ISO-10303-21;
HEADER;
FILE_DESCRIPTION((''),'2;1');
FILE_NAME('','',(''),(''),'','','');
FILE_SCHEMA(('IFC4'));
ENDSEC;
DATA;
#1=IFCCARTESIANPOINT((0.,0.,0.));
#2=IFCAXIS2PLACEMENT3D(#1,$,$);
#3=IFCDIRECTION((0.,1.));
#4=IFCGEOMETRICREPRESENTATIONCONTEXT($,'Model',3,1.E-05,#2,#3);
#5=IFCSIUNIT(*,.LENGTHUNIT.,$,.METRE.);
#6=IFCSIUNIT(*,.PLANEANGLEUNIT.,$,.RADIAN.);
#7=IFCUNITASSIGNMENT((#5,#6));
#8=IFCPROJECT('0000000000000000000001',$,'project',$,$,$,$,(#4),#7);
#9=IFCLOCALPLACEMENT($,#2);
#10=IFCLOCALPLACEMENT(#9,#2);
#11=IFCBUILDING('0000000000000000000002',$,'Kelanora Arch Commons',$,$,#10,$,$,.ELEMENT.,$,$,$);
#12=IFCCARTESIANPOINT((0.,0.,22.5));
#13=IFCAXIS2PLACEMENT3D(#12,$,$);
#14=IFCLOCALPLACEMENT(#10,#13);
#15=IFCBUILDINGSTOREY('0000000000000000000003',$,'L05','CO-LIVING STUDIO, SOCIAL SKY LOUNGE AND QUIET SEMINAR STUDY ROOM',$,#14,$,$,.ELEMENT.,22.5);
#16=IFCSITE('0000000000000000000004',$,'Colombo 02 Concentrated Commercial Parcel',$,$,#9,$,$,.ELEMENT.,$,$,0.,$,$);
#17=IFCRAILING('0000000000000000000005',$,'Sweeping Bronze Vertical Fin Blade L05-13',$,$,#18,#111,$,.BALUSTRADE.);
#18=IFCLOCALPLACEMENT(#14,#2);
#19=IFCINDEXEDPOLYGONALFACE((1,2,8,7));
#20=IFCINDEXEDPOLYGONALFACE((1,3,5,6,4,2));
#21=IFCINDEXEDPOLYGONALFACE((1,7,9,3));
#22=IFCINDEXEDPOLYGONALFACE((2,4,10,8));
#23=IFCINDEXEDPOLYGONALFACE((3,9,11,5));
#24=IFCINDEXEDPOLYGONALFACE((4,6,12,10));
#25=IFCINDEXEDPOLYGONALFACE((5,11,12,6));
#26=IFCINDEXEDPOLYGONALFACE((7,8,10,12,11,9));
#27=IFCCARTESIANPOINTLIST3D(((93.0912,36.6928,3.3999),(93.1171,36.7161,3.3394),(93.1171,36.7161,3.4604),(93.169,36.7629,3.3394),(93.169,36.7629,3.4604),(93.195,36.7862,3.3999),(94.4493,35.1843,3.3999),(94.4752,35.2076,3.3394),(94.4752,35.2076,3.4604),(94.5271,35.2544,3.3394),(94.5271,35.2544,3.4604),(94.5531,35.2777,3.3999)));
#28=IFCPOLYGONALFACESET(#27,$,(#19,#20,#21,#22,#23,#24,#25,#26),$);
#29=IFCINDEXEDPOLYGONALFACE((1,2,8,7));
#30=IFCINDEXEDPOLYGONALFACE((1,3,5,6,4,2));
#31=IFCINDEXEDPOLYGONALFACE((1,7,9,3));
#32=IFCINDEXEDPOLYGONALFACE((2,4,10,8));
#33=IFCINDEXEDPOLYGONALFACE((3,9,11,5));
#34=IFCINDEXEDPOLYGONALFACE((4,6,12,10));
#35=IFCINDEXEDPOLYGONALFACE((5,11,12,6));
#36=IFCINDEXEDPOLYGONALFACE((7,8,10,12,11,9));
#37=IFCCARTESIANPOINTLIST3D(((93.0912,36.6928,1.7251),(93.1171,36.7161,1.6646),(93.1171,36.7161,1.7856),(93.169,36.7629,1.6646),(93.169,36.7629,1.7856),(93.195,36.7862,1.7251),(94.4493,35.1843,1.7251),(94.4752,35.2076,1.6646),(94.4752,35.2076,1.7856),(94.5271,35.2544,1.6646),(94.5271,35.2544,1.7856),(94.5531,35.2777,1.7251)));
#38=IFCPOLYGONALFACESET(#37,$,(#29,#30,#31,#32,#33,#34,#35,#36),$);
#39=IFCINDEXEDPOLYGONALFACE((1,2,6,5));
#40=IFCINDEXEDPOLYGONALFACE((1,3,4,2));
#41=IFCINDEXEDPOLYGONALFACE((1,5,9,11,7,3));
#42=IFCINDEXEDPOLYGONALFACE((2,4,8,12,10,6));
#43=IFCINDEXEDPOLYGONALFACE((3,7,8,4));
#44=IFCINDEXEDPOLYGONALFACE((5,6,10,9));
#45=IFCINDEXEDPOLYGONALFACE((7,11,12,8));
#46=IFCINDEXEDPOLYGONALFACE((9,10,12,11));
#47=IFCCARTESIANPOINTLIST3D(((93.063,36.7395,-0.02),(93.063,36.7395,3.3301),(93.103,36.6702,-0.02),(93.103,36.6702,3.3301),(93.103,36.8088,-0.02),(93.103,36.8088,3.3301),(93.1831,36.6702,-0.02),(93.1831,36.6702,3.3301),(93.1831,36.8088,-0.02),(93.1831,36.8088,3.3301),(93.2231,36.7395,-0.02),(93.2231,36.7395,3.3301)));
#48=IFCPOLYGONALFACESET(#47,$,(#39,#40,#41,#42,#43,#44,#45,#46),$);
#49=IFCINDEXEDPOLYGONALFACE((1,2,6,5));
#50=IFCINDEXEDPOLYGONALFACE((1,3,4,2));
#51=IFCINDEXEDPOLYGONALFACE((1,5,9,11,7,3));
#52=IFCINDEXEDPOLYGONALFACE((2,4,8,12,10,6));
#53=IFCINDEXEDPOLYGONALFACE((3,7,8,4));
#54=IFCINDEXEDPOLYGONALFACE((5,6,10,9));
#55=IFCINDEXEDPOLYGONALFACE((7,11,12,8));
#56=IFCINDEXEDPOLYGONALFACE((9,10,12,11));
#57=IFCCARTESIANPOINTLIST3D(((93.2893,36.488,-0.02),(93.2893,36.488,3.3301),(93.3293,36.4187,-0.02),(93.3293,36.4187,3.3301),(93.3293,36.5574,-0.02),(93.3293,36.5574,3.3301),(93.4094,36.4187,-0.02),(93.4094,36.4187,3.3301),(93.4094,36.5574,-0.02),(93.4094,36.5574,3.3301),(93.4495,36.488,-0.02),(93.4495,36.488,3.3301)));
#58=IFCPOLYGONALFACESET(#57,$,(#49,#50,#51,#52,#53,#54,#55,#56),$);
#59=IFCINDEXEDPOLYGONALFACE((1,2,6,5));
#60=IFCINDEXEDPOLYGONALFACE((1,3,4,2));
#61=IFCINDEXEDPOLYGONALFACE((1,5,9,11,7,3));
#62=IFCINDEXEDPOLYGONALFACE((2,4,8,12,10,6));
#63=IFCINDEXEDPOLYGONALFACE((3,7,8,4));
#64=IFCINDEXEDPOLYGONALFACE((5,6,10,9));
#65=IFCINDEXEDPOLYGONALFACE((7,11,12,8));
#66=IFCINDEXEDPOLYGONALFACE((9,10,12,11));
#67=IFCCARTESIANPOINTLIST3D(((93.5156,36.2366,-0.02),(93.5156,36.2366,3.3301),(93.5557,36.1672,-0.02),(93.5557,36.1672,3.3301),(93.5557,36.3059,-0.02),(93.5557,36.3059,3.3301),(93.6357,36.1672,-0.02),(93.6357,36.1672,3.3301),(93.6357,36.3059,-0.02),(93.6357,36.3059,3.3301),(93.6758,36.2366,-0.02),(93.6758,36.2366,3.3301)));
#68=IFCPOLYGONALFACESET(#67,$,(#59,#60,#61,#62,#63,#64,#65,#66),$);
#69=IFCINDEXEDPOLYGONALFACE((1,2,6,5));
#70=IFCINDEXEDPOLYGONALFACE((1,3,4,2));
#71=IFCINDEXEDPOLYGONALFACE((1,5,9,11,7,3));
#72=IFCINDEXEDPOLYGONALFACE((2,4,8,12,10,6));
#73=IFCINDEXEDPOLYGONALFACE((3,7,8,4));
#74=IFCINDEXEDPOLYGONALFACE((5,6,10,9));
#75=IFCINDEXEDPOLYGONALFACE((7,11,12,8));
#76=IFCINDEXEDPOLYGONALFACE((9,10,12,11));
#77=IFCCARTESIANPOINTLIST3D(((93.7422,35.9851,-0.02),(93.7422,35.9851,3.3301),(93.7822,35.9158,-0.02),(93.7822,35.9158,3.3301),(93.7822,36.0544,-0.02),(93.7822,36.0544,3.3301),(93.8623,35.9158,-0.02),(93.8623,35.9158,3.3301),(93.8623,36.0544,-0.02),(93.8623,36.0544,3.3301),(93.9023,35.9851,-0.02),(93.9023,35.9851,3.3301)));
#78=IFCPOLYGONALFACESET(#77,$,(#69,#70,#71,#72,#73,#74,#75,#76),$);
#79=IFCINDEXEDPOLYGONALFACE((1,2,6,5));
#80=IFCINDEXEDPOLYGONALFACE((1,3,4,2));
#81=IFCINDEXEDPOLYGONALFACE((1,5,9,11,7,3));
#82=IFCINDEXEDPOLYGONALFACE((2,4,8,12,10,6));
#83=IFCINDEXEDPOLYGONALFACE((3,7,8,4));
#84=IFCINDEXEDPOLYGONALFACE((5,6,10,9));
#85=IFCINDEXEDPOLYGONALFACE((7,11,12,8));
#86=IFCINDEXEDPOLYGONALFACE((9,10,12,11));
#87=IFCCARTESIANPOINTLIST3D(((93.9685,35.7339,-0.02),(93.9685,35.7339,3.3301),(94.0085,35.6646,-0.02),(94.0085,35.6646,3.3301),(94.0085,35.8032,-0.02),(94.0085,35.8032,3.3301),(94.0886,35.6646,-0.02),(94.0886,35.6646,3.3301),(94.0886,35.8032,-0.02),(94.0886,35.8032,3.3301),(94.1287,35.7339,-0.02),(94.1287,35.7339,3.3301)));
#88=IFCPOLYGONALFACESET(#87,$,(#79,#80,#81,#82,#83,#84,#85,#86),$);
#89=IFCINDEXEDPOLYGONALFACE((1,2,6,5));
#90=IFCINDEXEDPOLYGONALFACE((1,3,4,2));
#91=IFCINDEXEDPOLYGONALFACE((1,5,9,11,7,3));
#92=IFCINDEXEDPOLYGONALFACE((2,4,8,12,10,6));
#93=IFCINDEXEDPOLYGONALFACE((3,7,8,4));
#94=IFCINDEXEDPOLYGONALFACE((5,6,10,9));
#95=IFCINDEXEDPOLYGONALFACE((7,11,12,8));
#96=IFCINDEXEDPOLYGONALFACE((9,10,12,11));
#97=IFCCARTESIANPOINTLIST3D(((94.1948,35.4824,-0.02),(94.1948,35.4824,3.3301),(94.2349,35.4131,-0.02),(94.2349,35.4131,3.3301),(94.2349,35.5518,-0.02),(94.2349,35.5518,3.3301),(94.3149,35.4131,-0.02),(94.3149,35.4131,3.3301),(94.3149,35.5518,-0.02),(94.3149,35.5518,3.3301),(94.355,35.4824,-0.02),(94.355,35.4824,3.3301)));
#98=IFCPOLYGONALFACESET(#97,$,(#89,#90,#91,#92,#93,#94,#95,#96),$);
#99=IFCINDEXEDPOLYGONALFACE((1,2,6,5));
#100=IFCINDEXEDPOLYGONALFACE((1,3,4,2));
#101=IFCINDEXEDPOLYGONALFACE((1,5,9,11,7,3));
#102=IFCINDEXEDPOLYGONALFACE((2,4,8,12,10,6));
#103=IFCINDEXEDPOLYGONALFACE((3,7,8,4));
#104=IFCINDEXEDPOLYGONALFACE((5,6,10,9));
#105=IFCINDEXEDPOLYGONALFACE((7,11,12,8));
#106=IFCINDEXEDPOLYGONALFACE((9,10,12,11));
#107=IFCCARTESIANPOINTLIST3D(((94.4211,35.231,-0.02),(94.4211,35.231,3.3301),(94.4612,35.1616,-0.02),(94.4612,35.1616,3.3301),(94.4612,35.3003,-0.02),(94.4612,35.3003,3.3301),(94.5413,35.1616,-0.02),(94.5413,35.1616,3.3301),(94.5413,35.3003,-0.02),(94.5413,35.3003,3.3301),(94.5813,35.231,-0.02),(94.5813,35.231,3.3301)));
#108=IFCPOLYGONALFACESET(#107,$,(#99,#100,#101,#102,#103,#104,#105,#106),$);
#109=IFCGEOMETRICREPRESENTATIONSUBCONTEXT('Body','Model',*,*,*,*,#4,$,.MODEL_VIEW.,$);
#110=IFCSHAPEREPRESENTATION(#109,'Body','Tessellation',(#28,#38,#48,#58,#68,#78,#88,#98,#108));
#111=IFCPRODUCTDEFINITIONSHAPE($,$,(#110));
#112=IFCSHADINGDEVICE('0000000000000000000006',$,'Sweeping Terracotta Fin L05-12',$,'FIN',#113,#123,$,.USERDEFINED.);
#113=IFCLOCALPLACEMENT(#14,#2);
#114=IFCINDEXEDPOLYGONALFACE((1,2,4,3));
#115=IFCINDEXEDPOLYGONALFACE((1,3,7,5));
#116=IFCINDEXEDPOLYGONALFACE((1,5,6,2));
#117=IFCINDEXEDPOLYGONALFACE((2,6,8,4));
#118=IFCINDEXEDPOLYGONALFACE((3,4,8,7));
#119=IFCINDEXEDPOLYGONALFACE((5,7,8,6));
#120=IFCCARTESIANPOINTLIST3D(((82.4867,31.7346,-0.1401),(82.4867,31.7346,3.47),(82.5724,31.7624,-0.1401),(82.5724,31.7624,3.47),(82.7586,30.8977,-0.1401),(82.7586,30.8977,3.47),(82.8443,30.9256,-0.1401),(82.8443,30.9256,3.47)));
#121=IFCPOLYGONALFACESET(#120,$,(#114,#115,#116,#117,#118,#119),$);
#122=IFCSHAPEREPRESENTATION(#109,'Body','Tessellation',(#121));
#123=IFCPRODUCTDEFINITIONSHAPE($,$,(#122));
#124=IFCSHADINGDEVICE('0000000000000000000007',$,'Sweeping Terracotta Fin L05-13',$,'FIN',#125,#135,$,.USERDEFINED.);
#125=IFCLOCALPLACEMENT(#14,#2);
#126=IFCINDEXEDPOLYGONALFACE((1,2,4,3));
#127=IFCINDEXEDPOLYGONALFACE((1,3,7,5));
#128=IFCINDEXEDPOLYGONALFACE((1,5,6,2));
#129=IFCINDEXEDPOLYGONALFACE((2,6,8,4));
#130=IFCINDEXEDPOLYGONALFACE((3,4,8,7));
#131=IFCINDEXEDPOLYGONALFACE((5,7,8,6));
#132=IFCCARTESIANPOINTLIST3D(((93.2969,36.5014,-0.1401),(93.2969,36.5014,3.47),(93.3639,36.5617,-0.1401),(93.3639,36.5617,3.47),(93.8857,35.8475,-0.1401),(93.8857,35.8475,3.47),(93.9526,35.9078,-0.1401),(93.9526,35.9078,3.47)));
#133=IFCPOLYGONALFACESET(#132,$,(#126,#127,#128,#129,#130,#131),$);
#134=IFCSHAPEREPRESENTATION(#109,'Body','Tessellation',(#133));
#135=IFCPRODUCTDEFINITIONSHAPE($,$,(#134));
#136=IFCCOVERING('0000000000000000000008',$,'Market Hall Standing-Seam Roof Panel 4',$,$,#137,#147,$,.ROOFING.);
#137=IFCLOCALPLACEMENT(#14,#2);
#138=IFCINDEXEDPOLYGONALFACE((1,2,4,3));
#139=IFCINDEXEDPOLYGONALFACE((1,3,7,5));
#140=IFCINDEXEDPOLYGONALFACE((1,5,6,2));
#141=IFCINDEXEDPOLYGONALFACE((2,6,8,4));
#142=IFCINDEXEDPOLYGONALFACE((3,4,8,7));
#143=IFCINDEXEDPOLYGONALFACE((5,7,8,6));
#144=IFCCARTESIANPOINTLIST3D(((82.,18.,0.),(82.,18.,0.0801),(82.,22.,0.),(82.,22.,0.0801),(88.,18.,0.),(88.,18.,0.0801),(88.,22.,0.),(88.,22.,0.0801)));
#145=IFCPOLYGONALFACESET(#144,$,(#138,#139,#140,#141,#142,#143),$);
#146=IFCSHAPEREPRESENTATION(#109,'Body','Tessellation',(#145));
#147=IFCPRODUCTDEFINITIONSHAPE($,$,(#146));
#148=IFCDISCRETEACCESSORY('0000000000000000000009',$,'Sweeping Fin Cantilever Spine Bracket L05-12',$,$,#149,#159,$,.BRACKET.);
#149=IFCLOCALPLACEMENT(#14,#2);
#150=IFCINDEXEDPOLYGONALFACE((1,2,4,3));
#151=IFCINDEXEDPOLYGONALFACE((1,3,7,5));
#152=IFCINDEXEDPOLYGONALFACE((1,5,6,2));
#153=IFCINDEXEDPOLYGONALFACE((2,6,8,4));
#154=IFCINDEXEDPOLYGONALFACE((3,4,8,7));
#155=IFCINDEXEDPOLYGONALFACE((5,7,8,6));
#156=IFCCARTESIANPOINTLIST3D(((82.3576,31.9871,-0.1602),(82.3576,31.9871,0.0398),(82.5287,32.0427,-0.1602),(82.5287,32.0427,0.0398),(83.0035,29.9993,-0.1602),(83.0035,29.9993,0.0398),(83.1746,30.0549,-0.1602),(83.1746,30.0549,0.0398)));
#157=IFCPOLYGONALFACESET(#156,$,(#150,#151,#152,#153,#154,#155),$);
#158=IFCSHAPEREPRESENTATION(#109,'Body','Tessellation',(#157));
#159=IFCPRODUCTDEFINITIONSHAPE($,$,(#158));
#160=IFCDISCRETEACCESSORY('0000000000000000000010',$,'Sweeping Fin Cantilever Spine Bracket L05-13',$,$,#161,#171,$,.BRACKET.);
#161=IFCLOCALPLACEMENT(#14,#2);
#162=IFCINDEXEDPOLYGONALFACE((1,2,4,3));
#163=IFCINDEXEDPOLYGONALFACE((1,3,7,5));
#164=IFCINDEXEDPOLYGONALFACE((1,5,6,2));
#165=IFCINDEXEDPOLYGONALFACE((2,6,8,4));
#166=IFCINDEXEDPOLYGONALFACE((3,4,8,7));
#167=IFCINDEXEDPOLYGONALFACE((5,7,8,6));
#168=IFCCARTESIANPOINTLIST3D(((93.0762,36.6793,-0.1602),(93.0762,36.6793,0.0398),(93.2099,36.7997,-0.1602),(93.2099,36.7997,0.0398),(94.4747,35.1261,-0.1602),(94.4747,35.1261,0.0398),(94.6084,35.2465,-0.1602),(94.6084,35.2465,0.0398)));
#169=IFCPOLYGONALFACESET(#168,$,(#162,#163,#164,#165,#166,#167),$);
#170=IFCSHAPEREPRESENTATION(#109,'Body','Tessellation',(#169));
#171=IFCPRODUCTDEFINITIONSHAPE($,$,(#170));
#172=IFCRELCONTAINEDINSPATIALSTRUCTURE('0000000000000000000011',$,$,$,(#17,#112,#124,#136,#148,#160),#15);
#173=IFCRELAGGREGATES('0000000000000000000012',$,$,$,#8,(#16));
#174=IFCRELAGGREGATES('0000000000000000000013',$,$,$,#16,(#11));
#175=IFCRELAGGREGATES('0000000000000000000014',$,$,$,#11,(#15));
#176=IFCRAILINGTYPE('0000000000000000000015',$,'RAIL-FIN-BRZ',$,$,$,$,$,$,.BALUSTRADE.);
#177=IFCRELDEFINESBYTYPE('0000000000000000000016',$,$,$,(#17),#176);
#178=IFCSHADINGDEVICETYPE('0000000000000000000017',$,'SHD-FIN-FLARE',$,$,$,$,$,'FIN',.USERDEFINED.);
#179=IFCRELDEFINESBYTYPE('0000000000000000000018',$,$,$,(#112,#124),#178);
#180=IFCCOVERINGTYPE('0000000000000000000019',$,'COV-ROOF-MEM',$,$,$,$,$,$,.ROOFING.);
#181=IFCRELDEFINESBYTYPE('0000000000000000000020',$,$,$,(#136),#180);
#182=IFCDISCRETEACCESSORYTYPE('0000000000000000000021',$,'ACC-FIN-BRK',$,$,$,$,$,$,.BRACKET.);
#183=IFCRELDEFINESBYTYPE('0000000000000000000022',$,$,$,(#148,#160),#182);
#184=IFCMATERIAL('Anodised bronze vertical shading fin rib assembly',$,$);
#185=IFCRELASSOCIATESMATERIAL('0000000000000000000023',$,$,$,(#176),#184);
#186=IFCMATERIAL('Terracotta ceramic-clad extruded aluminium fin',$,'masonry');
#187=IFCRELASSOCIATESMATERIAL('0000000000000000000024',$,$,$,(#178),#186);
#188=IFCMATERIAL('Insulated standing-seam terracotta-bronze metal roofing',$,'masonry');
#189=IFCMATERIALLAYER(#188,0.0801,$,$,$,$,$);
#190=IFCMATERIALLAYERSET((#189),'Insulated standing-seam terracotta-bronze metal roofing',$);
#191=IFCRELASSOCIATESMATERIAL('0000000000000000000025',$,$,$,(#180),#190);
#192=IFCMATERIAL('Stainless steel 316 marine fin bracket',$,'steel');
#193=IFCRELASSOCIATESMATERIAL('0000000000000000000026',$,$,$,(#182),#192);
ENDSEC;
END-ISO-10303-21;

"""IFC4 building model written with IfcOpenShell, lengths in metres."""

from ifc_helpers import new_model, si_unit, direction, frame, origin, origin_2d, place, context, subcontext, project, spatial, polyline, rectangle, outline, extrude, source, transform, mapped, material, layer, layer_set, type_object, element, save


model = new_model("IFC4")

# Units and contexts
model_context = context("Model", 3, precision=1e-05, world=origin(), true_north=direction((0.0, 1.0)))
body_context = subcontext(model_context, "Body", "Model", "MODEL_VIEW")
ifc_project = project(units=[si_unit("LENGTHUNIT", "METRE"), si_unit("PLANEANGLEUNIT", "RADIAN")], contexts=[model_context])

# Site, building, storey
site_placement = place(None, origin())
site = spatial("IfcSite", under=ifc_project, at=site_placement, Name="Colombo 02 Concentrated Commercial Parcel", CompositionType="ELEMENT", RefElevation=0.0)
building_placement = place(site_placement, origin())
building = spatial("IfcBuilding", under=site, at=building_placement, Name="Kelanora Arch Commons", CompositionType="ELEMENT")
storey_placement = place(building_placement, frame((0.0, 0.0, 22.5)))
storey = spatial("IfcBuildingStorey", under=building, at=storey_placement, Name="L05", Description="CO-LIVING STUDIO, SOCIAL SKY LOUNGE AND QUIET SEMINAR STUDY ROOM", CompositionType="ELEMENT", Elevation=22.5)

# Railing
ifc_material_1 = material(Name="Anodised bronze vertical shading fin rib assembly")
railing_type = type_object("IfcRailingType", Name="RAIL-FIN-BRZ", PredefinedType="BALUSTRADE", material=ifc_material_1)
railing_1_placement = place(storey_placement, frame((93.1431, 36.7395, -0.02)))
element("IfcRailing", 1, at=railing_1_placement, inside=storey, type_object=railing_type, Name="Sweeping Bronze Vertical Fin Blade L05-13", PredefinedType="BALUSTRADE", context=body_context, shape_type="SweptSolid", body=[
    extrude(outline(polyline([(0.0698, 0.0), (0.0349, 0.0605), (-0.0349, 0.0605), (-0.0698, 0.0), (-0.0349, -0.0605), (0.0349, -0.0605), (0.0698, 0.0)])), frame((0.0, 0.0, 3.4199), z_axis=(0.669091, -0.743181, 0.0), x_axis=(0.743181, 0.669091, 0.0)), (0.0, 0.0, 1.0), 2.0298),
    extrude(outline(polyline([(0.0698, 0.0), (0.0349, 0.0605), (-0.0349, 0.0605), (-0.0698, 0.0), (-0.0349, -0.0605), (0.0349, -0.0605), (0.0698, 0.0)])), frame((0.0, 0.0, 1.7451), z_axis=(0.669091, -0.743181, 0.0), x_axis=(0.743181, 0.669091, 0.0)), (0.0, 0.0, 1.0), 2.0298),
    extrude(outline(polyline([(0.0801, 0.0), (0.04, 0.0693), (-0.04, 0.0693), (-0.0801, 0.0), (-0.04, -0.0693), (0.04, -0.0693), (0.0801, 0.0)])), origin(), (0.0, 0.0, 1.0), 3.3501),
    extrude(outline(polyline([(0.0801, 0.0), (0.04, 0.0693), (-0.04, 0.0693), (-0.0801, 0.0), (-0.04, -0.0693), (0.04, -0.0693), (0.0801, 0.0)])), frame((0.2263, -0.2515, 0.0)), (0.0, 0.0, 1.0), 3.3501),
    extrude(outline(polyline([(0.0801, 0.0), (0.04, 0.0693), (-0.04, 0.0693), (-0.0801, 0.0), (-0.04, -0.0693), (0.04, -0.0693), (0.0801, 0.0)])), frame((0.4526, -0.5029, 0.0)), (0.0, 0.0, 1.0), 3.3501),
    extrude(outline(polyline([(0.0801, 0.0), (0.04, 0.0693), (-0.04, 0.0693), (-0.0801, 0.0), (-0.04, -0.0693), (0.04, -0.0693), (0.0801, 0.0)])), frame((0.6792, -0.7544, 0.0)), (0.0, 0.0, 1.0), 3.3501),
    extrude(outline(polyline([(0.0801, 0.0), (0.04, 0.0693), (-0.04, 0.0693), (-0.0801, 0.0), (-0.04, -0.0693), (0.04, -0.0693), (0.0801, 0.0)])), frame((0.9055, -1.0056, 0.0)), (0.0, 0.0, 1.0), 3.3501),
    extrude(outline(polyline([(0.0801, 0.0), (0.04, 0.0693), (-0.04, 0.0693), (-0.0801, 0.0), (-0.04, -0.0693), (0.04, -0.0693), (0.0801, 0.0)])), frame((1.1318, -1.2571, 0.0)), (0.0, 0.0, 1.0), 3.3501),
    extrude(outline(polyline([(0.0801, 0.0), (0.04, 0.0693), (-0.04, 0.0693), (-0.0801, 0.0), (-0.04, -0.0693), (0.04, -0.0693), (0.0801, 0.0)])), frame((1.3582, -1.5085, 0.0)), (0.0, 0.0, 1.0), 3.3501),
])

# Shading devices
ifc_material_2 = material(Name="Terracotta ceramic-clad extruded aluminium fin", Category="masonry")
shading_device_type = type_object("IfcShadingDeviceType", Name="SHD-FIN-FLARE", ElementType="FIN", PredefinedType="USERDEFINED", material=ifc_material_2)
shared_shape_1 = source(origin(), body_context, "Body", "SweptSolid", [
    extrude(rectangle(XDim=0.8799, YDim=0.0901, at=origin_2d()), origin(), (0.0, 0.0, 1.0), 3.6101),
])
for number, where, z_axis, x_axis, name in (
    (2, (82.6655, 31.3301, -0.1401), (0.0, 0.0, 1.0), (0.309017, -0.951057, 0.0), "Sweeping Terracotta Fin L05-12"),
    (3, (93.6248, 36.2046, -0.1401), (0.0, 0.0, 1.0), (0.669131, -0.743145, 0.0), "Sweeping Terracotta Fin L05-13"),
):
    element("IfcShadingDevice", number, at=place(storey_placement, frame(where, z_axis=z_axis, x_axis=x_axis)), inside=storey, type_object=shading_device_type, Name=name, ObjectType="FIN", PredefinedType="USERDEFINED", context=body_context, shape_type="MappedRepresentation", body=[
        mapped(shared_shape_1, transform((0.0, 0.0, 0.0), scale=1.0)),
    ])

# Covering
ifc_material_3 = material(Name="Insulated standing-seam terracotta-bronze metal roofing", Category="masonry")
ifc_layer_1 = layer(ifc_material_3, 0.0801)
ifc_layer_set_1 = layer_set([ifc_layer_1], Name="Insulated standing-seam terracotta-bronze metal roofing")
covering_type = type_object("IfcCoveringType", Name="COV-ROOF-MEM", PredefinedType="ROOFING", material=ifc_layer_set_1)
shared_shape_2 = source(origin(), body_context, "Body", "SweptSolid", [
    extrude(rectangle(XDim=6.0, YDim=4.0, at=origin_2d()), origin(), (0.0, 0.0, 1.0), 0.0801),
])
covering_placement = place(storey_placement, frame((85.0, 20.0, 0.0), z_axis=(0.0, 0.0, 1.0), x_axis=(1.0, 0.0, 0.0)))
element("IfcCovering", 4, at=covering_placement, inside=storey, type_object=covering_type, Name="Market Hall Standing-Seam Roof Panel 4", PredefinedType="ROOFING", context=body_context, shape_type="MappedRepresentation", body=[
    mapped(shared_shape_2, transform((0.0, 0.0, 0.0), scale=1.0)),
])

# Discrete accessories
ifc_material_4 = material(Name="Stainless steel 316 marine fin bracket", Category="steel")
discrete_accessory_type = type_object("IfcDiscreteAccessoryType", Name="ACC-FIN-BRK", PredefinedType="BRACKET", material=ifc_material_4)
shared_shape_3 = source(origin(), body_context, "Body", "SweptSolid", [
    extrude(rectangle(XDim=2.0901, YDim=0.1799, at=origin_2d()), origin(), (0.0, 0.0, 1.0), 0.2),
])
for number, where, z_axis, x_axis, name in (
    (5, (82.7661, 31.021, -0.1602), (0.0, 0.0, 1.0), (0.309017, -0.951057, 0.0), "Sweeping Fin Cantilever Spine Bracket L05-12"),
    (6, (93.8423, 35.9629, -0.1602), (0.0, 0.0, 1.0), (0.669131, -0.743145, 0.0), "Sweeping Fin Cantilever Spine Bracket L05-13"),
):
    element("IfcDiscreteAccessory", number, at=place(storey_placement, frame(where, z_axis=z_axis, x_axis=x_axis)), inside=storey, type_object=discrete_accessory_type, Name=name, PredefinedType="BRACKET", context=body_context, shape_type="MappedRepresentation", body=[
        mapped(shared_shape_3, transform((0.0, 0.0, 0.0), scale=1.0)),
    ])

save(model, "model.ifc")
